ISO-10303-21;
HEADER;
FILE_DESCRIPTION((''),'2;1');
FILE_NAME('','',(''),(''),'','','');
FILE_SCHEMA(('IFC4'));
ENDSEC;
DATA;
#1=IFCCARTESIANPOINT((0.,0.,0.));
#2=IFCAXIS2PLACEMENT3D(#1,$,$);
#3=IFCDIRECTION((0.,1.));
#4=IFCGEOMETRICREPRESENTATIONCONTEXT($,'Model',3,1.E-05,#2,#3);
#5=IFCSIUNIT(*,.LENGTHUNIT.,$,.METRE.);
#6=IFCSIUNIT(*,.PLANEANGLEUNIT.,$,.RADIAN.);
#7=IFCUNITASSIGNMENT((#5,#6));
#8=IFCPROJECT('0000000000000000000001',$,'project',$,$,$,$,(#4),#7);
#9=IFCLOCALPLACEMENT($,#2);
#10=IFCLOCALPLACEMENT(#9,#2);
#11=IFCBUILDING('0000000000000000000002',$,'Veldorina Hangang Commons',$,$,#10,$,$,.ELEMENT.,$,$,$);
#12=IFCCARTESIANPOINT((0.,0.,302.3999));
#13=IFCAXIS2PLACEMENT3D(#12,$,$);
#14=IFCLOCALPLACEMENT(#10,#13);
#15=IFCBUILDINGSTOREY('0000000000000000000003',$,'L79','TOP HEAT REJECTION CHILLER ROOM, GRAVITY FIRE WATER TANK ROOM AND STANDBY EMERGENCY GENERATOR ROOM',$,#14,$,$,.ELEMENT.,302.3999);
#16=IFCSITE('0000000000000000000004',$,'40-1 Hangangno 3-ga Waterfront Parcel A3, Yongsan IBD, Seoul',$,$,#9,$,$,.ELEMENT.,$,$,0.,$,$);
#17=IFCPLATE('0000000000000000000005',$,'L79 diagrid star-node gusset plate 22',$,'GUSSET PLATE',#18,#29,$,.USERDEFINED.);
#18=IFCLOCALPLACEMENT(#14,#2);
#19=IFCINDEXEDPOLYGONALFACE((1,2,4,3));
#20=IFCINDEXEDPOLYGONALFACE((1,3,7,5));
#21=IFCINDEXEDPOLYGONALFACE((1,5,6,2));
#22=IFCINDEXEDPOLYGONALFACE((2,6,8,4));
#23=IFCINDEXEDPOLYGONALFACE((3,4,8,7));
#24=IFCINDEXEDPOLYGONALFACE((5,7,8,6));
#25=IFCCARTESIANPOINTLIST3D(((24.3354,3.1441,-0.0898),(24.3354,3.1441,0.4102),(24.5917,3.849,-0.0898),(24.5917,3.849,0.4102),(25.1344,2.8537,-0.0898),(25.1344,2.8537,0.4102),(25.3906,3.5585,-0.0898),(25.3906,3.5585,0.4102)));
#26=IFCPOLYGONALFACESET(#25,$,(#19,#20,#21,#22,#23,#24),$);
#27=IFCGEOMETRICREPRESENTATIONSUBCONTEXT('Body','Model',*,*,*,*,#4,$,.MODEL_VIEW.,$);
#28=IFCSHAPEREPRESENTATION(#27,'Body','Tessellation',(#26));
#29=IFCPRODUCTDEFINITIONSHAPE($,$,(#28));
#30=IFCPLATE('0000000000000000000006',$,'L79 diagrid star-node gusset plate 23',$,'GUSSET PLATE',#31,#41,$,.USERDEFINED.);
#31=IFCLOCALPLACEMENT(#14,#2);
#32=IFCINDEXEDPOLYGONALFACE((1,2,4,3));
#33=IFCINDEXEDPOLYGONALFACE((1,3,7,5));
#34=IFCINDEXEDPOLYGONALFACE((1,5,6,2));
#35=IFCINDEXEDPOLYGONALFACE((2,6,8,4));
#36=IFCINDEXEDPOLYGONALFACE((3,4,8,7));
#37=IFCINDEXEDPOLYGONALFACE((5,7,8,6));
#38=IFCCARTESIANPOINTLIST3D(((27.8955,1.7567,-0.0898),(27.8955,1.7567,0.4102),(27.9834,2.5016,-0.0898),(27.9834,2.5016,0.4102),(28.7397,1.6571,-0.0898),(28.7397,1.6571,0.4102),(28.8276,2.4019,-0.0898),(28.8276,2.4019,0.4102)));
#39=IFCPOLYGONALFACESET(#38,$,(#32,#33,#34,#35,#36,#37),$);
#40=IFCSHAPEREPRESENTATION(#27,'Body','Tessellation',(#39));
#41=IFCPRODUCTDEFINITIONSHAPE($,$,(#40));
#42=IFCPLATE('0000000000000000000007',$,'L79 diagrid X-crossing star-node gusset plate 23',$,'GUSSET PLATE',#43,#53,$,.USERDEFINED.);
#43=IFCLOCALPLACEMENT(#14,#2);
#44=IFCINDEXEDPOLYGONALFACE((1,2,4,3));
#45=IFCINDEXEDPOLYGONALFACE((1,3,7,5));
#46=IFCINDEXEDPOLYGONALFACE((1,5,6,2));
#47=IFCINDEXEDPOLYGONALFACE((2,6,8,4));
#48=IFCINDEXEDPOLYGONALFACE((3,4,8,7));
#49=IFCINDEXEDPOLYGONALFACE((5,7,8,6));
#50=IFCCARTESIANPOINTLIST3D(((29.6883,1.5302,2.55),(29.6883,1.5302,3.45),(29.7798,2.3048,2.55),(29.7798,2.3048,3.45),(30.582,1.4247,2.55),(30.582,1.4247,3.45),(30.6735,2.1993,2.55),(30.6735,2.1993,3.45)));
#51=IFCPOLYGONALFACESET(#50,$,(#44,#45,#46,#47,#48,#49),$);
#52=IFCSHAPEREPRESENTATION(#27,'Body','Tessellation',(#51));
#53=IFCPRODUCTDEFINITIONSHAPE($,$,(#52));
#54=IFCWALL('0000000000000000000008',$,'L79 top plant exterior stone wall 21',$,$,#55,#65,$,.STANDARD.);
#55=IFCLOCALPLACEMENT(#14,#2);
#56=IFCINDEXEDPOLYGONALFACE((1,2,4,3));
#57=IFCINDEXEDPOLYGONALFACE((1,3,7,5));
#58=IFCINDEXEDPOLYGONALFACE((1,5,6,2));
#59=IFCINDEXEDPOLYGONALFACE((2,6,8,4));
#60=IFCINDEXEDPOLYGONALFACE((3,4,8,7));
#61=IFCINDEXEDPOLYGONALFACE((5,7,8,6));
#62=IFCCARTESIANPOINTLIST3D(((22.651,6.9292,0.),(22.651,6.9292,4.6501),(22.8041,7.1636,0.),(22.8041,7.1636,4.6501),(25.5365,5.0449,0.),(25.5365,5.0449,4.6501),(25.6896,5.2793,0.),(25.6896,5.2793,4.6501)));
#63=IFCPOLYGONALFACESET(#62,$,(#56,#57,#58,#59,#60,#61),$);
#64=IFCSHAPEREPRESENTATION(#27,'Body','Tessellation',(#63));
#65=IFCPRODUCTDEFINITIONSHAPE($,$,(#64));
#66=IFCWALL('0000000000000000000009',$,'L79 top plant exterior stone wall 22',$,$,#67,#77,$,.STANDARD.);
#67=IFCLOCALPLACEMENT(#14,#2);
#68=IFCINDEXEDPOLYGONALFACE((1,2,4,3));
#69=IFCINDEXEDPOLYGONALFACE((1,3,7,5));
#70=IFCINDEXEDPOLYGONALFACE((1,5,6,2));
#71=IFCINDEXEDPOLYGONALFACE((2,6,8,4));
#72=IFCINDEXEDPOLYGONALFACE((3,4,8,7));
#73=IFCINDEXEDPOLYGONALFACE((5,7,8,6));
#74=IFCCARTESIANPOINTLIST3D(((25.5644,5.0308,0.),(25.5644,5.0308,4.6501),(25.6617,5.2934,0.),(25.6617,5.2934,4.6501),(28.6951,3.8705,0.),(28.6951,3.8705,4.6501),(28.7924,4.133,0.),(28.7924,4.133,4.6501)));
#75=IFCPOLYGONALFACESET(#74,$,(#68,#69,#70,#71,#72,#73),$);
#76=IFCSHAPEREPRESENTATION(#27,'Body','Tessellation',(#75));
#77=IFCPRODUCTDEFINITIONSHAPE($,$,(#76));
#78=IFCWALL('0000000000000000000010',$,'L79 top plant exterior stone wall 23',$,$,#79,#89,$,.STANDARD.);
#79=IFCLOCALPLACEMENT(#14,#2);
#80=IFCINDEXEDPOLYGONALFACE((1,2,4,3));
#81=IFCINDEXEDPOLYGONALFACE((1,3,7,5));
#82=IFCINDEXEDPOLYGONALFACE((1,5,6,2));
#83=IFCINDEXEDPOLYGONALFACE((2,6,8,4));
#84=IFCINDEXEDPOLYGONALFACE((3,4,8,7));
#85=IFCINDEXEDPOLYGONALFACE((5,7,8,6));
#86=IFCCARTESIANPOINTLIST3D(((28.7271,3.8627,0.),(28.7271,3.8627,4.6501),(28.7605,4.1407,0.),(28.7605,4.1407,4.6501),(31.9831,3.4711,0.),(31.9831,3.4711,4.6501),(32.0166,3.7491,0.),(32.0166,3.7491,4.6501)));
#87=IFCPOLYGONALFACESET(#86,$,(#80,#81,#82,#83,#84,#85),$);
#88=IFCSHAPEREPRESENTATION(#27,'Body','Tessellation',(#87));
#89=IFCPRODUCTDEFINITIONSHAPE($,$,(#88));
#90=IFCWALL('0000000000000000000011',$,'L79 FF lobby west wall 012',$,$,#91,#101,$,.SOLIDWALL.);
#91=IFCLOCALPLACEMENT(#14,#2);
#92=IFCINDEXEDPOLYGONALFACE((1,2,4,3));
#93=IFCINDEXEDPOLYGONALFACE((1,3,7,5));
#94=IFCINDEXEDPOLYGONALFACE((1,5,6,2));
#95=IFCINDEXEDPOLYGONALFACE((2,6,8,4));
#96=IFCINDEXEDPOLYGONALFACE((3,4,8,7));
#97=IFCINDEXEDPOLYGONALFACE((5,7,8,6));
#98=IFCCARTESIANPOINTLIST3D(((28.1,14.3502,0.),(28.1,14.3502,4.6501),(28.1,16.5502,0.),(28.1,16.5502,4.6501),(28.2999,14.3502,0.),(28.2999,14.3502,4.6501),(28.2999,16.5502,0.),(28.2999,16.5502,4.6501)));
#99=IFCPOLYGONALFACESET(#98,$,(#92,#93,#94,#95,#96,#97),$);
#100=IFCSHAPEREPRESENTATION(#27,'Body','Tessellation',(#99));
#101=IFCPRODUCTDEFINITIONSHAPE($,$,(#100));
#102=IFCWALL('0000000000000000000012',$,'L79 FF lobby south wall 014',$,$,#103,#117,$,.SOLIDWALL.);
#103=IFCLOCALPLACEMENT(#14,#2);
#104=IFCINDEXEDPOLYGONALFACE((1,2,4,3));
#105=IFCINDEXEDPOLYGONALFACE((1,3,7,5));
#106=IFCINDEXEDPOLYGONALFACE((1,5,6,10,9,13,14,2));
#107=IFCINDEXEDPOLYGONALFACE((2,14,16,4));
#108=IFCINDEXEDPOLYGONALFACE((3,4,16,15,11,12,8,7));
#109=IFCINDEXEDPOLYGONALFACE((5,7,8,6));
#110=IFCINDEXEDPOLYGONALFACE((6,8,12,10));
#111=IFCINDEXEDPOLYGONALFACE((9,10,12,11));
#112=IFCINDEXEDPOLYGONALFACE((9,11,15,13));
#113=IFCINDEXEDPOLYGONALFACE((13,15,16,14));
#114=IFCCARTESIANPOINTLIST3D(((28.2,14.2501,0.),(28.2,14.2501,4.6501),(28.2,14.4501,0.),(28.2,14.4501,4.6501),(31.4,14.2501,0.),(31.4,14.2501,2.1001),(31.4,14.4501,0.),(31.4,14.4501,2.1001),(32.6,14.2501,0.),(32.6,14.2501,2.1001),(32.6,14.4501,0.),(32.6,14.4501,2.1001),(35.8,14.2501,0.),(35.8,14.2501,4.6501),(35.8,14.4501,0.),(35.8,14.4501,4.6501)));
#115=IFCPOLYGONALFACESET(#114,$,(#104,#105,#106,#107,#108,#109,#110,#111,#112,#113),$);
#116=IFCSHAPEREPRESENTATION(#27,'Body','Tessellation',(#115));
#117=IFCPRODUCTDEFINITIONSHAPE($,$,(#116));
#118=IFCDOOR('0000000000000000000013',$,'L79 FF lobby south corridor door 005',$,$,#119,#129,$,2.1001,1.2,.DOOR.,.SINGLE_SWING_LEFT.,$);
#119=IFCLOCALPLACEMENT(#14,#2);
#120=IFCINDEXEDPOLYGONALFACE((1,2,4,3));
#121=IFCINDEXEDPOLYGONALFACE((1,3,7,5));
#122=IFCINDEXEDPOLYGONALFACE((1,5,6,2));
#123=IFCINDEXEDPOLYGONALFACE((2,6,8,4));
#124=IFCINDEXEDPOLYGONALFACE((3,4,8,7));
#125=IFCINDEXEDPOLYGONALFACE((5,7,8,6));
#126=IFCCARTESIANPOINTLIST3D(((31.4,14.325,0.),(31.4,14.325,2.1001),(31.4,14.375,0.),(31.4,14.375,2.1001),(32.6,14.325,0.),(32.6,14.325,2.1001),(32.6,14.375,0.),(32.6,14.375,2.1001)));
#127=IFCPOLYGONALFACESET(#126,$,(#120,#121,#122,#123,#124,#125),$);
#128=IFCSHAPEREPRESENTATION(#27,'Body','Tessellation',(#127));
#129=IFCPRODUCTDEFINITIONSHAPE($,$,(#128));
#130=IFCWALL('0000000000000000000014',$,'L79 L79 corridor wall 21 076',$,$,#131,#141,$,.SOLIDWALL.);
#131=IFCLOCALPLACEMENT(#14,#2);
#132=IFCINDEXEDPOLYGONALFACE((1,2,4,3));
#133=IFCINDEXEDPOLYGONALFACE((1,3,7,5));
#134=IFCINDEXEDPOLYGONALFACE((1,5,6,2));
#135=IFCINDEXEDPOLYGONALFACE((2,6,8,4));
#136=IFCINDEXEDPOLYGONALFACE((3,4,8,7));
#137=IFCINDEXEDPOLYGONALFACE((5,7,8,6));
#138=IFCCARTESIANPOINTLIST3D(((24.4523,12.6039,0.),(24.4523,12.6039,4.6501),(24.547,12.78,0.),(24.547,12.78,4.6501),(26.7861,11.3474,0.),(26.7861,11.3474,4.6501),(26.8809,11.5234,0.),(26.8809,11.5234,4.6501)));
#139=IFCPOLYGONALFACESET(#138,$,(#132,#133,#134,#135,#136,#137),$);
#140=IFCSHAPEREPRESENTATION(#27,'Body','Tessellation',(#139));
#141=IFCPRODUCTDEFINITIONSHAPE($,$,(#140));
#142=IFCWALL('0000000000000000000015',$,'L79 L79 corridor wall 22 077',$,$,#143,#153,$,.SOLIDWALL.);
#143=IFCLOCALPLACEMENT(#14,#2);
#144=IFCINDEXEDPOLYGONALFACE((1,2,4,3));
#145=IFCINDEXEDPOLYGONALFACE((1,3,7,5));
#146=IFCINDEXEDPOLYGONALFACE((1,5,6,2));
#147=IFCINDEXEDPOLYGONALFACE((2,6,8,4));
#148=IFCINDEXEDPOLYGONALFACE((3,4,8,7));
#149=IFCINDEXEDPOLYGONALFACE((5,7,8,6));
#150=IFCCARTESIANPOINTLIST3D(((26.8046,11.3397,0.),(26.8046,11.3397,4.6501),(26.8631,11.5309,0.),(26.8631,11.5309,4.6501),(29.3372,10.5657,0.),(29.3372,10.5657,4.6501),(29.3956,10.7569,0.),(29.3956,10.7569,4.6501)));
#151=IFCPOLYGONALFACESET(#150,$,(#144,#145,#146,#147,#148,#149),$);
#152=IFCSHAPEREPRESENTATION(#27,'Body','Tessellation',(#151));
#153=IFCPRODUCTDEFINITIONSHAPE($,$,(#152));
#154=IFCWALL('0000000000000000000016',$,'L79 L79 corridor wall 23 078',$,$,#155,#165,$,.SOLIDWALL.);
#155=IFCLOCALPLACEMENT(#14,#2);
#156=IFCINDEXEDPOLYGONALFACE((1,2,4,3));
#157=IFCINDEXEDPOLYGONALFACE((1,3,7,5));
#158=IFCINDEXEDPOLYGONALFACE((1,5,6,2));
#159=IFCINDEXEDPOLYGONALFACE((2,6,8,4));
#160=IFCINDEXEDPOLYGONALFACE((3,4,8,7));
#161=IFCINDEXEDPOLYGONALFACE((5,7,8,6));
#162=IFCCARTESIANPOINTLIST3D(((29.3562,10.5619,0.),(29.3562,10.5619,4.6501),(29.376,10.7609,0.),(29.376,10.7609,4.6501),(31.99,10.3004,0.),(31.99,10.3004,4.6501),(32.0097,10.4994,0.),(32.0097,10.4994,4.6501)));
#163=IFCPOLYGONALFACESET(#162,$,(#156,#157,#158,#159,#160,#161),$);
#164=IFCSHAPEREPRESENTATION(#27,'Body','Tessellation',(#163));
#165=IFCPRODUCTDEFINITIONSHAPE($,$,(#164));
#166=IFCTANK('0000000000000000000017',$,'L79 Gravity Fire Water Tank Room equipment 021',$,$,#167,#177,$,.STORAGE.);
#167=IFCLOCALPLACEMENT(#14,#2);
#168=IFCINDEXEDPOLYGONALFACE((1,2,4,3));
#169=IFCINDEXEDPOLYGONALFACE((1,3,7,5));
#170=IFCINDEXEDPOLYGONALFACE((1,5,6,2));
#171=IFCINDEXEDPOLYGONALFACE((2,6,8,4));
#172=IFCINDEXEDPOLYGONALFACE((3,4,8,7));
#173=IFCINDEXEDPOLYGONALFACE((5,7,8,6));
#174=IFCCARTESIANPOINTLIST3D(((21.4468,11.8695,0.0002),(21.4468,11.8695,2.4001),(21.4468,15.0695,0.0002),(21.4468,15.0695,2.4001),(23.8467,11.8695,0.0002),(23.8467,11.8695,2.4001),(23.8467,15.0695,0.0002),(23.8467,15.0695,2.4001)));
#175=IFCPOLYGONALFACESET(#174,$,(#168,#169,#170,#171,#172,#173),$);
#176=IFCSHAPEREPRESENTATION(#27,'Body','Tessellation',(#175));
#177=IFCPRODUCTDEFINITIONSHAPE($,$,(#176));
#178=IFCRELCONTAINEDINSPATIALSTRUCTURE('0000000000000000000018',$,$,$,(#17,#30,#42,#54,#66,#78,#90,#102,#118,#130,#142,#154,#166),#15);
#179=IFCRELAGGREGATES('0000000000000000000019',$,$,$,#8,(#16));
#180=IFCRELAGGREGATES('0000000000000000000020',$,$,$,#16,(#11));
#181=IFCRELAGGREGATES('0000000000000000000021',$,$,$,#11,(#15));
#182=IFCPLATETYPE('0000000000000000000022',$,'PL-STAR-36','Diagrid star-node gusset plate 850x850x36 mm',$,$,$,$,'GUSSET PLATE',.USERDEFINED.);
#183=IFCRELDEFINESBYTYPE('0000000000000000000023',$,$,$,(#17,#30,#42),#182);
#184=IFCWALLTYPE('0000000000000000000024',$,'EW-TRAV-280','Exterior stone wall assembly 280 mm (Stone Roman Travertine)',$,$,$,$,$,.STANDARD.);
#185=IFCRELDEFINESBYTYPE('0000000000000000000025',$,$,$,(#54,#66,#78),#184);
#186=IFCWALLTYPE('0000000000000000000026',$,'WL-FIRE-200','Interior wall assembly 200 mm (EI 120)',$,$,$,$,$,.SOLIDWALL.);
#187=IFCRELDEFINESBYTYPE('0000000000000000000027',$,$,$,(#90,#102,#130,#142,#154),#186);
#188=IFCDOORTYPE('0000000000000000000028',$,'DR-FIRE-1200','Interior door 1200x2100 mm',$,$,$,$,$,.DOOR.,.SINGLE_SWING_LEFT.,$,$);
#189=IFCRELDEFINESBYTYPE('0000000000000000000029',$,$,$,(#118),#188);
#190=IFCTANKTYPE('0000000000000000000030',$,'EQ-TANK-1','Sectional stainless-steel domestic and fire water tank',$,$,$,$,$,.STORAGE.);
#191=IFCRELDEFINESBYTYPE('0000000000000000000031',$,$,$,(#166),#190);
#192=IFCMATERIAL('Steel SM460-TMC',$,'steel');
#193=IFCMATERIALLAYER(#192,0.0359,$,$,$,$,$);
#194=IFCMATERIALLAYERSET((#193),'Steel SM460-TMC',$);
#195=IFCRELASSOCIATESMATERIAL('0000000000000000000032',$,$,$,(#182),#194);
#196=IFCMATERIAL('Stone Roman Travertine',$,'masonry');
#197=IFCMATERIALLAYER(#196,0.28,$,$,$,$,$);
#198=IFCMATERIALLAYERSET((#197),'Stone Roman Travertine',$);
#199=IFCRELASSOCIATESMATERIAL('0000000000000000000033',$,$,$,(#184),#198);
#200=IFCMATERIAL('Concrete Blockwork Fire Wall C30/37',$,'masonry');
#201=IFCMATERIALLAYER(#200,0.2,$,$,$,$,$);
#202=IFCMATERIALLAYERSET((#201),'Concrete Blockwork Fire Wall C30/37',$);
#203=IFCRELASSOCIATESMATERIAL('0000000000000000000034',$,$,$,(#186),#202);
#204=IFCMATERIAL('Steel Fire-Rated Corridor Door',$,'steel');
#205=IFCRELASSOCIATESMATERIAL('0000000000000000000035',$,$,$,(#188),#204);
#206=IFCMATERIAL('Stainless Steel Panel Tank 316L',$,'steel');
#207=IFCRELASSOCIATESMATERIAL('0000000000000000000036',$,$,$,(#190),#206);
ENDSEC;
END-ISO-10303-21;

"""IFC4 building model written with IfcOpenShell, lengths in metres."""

from ifc_helpers import new_model, si_unit, direction, frame, frame_2d, origin, origin_2d, place, context, subcontext, project, spatial, rectangle, extrude, material, layer, layer_set, type_object, element, fill, save


model = new_model("IFC4")

# Units and contexts
model_context = context("Model", 3, precision=1e-05, world=origin(), true_north=direction((0.0, 1.0)))
body_context = subcontext(model_context, "Body", "Model", "MODEL_VIEW")
ifc_project = project(units=[si_unit("LENGTHUNIT", "METRE"), si_unit("PLANEANGLEUNIT", "RADIAN")], contexts=[model_context])

# Site, building, storey
site_placement = place(None, origin())
site = spatial("IfcSite", under=ifc_project, at=site_placement, Name="40-1 Hangangno 3-ga Waterfront Parcel A3, Yongsan IBD, Seoul", CompositionType="ELEMENT", RefElevation=0.0)
building_placement = place(site_placement, origin())
building = spatial("IfcBuilding", under=site, at=building_placement, Name="Veldorina Hangang Commons", CompositionType="ELEMENT")
storey_placement = place(building_placement, frame((0.0, 0.0, 302.3999)))
storey = spatial("IfcBuildingStorey", under=building, at=storey_placement, Name="L79", Description="TOP HEAT REJECTION CHILLER ROOM, GRAVITY FIRE WATER TANK ROOM AND STANDBY EMERGENCY GENERATOR ROOM", CompositionType="ELEMENT", Elevation=302.3999)

# Shared definitions
ifc_material_1 = material(Name="Steel SM460-TMC", Category="steel")

# Plates
ifc_layer_1 = layer(ifc_material_1, 0.0359)
ifc_layer_set_1 = layer_set([ifc_layer_1], Name="Steel SM460-TMC")
plate_type_1 = type_object("IfcPlateType", Name="PL-STAR-36", Description="Diagrid star-node gusset plate 850x850x36 mm", ElementType="GUSSET PLATE", PredefinedType="USERDEFINED", material=ifc_layer_set_1)
for number, where, z_axis, x_axis, name in (
    (1, (24.863, 3.3513, -0.0898), (0.0, 0.0, 1.0), (0.939818, -0.341676, 0.0), "L79 diagrid star-node gusset plate 22"),
    (2, (28.3616, 2.0793, -0.0898), (0.0, 0.0, 1.0), (0.993107, -0.117208, 0.0), "L79 diagrid star-node gusset plate 23"),
):
    element("IfcPlate", number, at=place(storey_placement, frame(where, z_axis=z_axis, x_axis=x_axis)), inside=storey, type_object=plate_type_1, Name=name, ObjectType="GUSSET PLATE", PredefinedType="USERDEFINED", context=body_context, shape_type="SweptSolid", body=[
        extrude(rectangle(XDim=0.8501, YDim=0.75, at=origin_2d()), origin(), (0.0, 0.0, 1.0), 0.5),
    ])
plate_1_placement = place(storey_placement, frame((30.1809, 1.8647, 2.55), z_axis=(0.0, 0.0, 1.0), x_axis=(0.993107, -0.117208, 0.0)))
element("IfcPlate", 3, at=plate_1_placement, inside=storey, type_object=plate_type_1, Name="L79 diagrid X-crossing star-node gusset plate 23", ObjectType="GUSSET PLATE", PredefinedType="USERDEFINED", context=body_context, shape_type="SweptSolid", body=[
    extrude(rectangle(XDim=0.8999, YDim=0.78, at=origin_2d()), origin(), (0.0, 0.0, 1.0), 0.8999),
])

# Walls
ifc_material_2 = material(Name="Stone Roman Travertine", Category="masonry")
ifc_layer_2 = layer(ifc_material_2, 0.28)
ifc_layer_set_2 = layer_set([ifc_layer_2], Name="Stone Roman Travertine")
wall_type_1 = type_object("IfcWallType", Name="EW-TRAV-280", Description="Exterior stone wall assembly 280 mm (Stone Roman Travertine)", PredefinedType="STANDARD", material=ifc_layer_set_2)
wall_1_placement = place(storey_placement, frame((22.7275, 7.0464, 0.0), z_axis=(0.0, 0.0, 1.0), x_axis=(0.837288, -0.546763, 0.0)))
element("IfcWall", 4, at=wall_1_placement, inside=storey, type_object=wall_type_1, Name="L79 top plant exterior stone wall 21", PredefinedType="STANDARD", context=body_context, shape_type="SweptSolid", body=[
    extrude(rectangle(XDim=3.4463, YDim=0.28, at=frame_2d((1.7231, 0.0))), origin(), (0.0, 0.0, 1.0), 4.6501),
])
wall_2_placement = place(storey_placement, frame((25.613, 5.1621, 0.0), z_axis=(0.0, 0.0, 1.0), x_axis=(0.937668, -0.347531, 0.0)))
element("IfcWall", 5, at=wall_2_placement, inside=storey, type_object=wall_type_1, Name="L79 top plant exterior stone wall 22", PredefinedType="STANDARD", context=body_context, shape_type="SweptSolid", body=[
    extrude(rectangle(XDim=3.3389, YDim=0.28, at=frame_2d((1.6694, 0.0))), origin(), (0.0, 0.0, 1.0), 4.6501),
])
wall_3_placement = place(storey_placement, frame((28.7439, 4.0017, 0.0), z_axis=(0.0, 0.0, 1.0), x_axis=(0.992845, -0.119406, 0.0)))
element("IfcWall", 6, at=wall_3_placement, inside=storey, type_object=wall_type_1, Name="L79 top plant exterior stone wall 23", PredefinedType="STANDARD", context=body_context, shape_type="SweptSolid", body=[
    extrude(rectangle(XDim=3.2795, YDim=0.28, at=frame_2d((1.6396, 0.0))), origin(), (0.0, 0.0, 1.0), 4.6501),
])
ifc_material_3 = material(Name="Concrete Blockwork Fire Wall C30/37", Category="masonry")
ifc_layer_3 = layer(ifc_material_3, 0.2)
ifc_layer_set_3 = layer_set([ifc_layer_3], Name="Concrete Blockwork Fire Wall C30/37")
wall_type_2 = type_object("IfcWallType", Name="WL-FIRE-200", Description="Interior wall assembly 200 mm (EI 120)", PredefinedType="SOLIDWALL", material=ifc_layer_set_3)
wall_4_placement = place(storey_placement, frame((28.2, 14.3501, 0.0), z_axis=(0.0, 0.0, 1.0), x_axis=(0.0, 1.0, 0.0)))
element("IfcWall", 7, at=wall_4_placement, inside=storey, type_object=wall_type_2, Name="L79 FF lobby west wall 012", PredefinedType="SOLIDWALL", context=body_context, shape_type="SweptSolid", body=[
    extrude(rectangle(XDim=2.2, YDim=0.2, at=frame_2d((1.1001, 0.0))), origin(), (0.0, 0.0, 1.0), 4.6501),
])

# Wall, opening, door
wall_5_placement = place(storey_placement, frame((28.2, 14.3501, 0.0), z_axis=(0.0, 0.0, 1.0), x_axis=(1.0, 0.0, 0.0)))
wall_5 = element("IfcWall", 8, at=wall_5_placement, inside=storey, type_object=wall_type_2, Name="L79 FF lobby south wall 014", PredefinedType="SOLIDWALL", context=body_context, shape_type="SweptSolid", body=[
    extrude(rectangle(XDim=7.6001, YDim=0.2, at=frame_2d((3.8, 0.0))), origin(), (0.0, 0.0, 1.0), 4.6501),
])
opening_placement = place(wall_5_placement, frame((3.2, 0.0, 0.0)))
opening = element("IfcOpeningElement", 9, at=opening_placement, cuts=wall_5, PredefinedType="OPENING", context=body_context, shape_type="SweptSolid", body=[
    extrude(rectangle(XDim=1.2, YDim=2.1001, at=frame_2d((0.6001, 1.05))), frame((0.0, 0.1099, 0.0), z_axis=(0.0, -1.0, 0.0), x_axis=(1.0, 0.0, 0.0)), (0.0, 0.0, 1.0), 0.22),
])
ifc_material_4 = material(Name="Steel Fire-Rated Corridor Door", Category="steel")
door_type = type_object("IfcDoorType", Name="DR-FIRE-1200", Description="Interior door 1200x2100 mm", OperationType="SINGLE_SWING_LEFT", PredefinedType="DOOR", material=ifc_material_4)
door_placement = place(opening_placement, origin())
door = element("IfcDoor", 10, at=door_placement, inside=storey, type_object=door_type, Name="L79 FF lobby south corridor door 005", OperationType="SINGLE_SWING_LEFT", OverallHeight=2.1001, OverallWidth=1.2, PredefinedType="DOOR", context=body_context, shape_type="SweptSolid", body=[
    extrude(rectangle(XDim=1.2, YDim=2.1001, at=frame_2d((0.6001, 1.05))), frame((0.0, 0.0249, 0.0), z_axis=(0.0, -1.0, 0.0), x_axis=(1.0, 0.0, 0.0)), (0.0, 0.0, 1.0), 0.05),
])
fill(opening, door)

# Walls
wall_6_placement = place(storey_placement, frame((24.4998, 12.6919, 0.0), z_axis=(0.0, 0.0, 1.0), x_axis=(0.880498, -0.47405, 0.0)))
element("IfcWall", 11, at=wall_6_placement, inside=storey, type_object=wall_type_2, Name="L79 L79 corridor wall 21 076", PredefinedType="SOLIDWALL", context=body_context, shape_type="SweptSolid", body=[
    extrude(rectangle(XDim=2.6506, YDim=0.2, at=frame_2d((1.3252, 0.0))), origin(), (0.0, 0.0, 1.0), 4.6501),
])
wall_7_placement = place(storey_placement, frame((26.8337, 11.4353, 0.0), z_axis=(0.0, 0.0, 1.0), x_axis=(0.956339, -0.292258, 0.0)))
element("IfcWall", 12, at=wall_7_placement, inside=storey, type_object=wall_type_2, Name="L79 L79 corridor wall 22 077", PredefinedType="SOLIDWALL", context=body_context, shape_type="SweptSolid", body=[
    extrude(rectangle(XDim=2.6482, YDim=0.2, at=frame_2d((1.3242, 0.0))), origin(), (0.0, 0.0, 1.0), 4.6501),
])
wall_8_placement = place(storey_placement, frame((29.3662, 10.6614, 0.0), z_axis=(0.0, 0.0, 1.0), x_axis=(0.995108, -0.098791, 0.0)))
element("IfcWall", 13, at=wall_8_placement, inside=storey, type_object=wall_type_2, Name="L79 L79 corridor wall 23 078", PredefinedType="SOLIDWALL", context=body_context, shape_type="SweptSolid", body=[
    extrude(rectangle(XDim=2.6467, YDim=0.2, at=frame_2d((1.3232, 0.0))), origin(), (0.0, 0.0, 1.0), 4.6501),
])

# Tank
ifc_material_5 = material(Name="Stainless Steel Panel Tank 316L", Category="steel")
tank_type = type_object("IfcTankType", Name="EQ-TANK-1", Description="Sectional stainless-steel domestic and fire water tank", PredefinedType="STORAGE", material=ifc_material_5)
tank_placement = place(storey_placement, frame((22.6467, 13.4695, 0.0002), z_axis=(0.0, 0.0, 1.0), x_axis=(1.0, 0.0, 0.0)))
element("IfcTank", 14, at=tank_placement, inside=storey, type_object=tank_type, Name="L79 Gravity Fire Water Tank Room equipment 021", PredefinedType="STORAGE", context=body_context, shape_type="SweptSolid", body=[
    extrude(rectangle(XDim=2.3999, YDim=3.2, at=origin_2d()), origin(), (0.0, 0.0, 1.0), 2.3999),
])

save(model, "model.ifc")
